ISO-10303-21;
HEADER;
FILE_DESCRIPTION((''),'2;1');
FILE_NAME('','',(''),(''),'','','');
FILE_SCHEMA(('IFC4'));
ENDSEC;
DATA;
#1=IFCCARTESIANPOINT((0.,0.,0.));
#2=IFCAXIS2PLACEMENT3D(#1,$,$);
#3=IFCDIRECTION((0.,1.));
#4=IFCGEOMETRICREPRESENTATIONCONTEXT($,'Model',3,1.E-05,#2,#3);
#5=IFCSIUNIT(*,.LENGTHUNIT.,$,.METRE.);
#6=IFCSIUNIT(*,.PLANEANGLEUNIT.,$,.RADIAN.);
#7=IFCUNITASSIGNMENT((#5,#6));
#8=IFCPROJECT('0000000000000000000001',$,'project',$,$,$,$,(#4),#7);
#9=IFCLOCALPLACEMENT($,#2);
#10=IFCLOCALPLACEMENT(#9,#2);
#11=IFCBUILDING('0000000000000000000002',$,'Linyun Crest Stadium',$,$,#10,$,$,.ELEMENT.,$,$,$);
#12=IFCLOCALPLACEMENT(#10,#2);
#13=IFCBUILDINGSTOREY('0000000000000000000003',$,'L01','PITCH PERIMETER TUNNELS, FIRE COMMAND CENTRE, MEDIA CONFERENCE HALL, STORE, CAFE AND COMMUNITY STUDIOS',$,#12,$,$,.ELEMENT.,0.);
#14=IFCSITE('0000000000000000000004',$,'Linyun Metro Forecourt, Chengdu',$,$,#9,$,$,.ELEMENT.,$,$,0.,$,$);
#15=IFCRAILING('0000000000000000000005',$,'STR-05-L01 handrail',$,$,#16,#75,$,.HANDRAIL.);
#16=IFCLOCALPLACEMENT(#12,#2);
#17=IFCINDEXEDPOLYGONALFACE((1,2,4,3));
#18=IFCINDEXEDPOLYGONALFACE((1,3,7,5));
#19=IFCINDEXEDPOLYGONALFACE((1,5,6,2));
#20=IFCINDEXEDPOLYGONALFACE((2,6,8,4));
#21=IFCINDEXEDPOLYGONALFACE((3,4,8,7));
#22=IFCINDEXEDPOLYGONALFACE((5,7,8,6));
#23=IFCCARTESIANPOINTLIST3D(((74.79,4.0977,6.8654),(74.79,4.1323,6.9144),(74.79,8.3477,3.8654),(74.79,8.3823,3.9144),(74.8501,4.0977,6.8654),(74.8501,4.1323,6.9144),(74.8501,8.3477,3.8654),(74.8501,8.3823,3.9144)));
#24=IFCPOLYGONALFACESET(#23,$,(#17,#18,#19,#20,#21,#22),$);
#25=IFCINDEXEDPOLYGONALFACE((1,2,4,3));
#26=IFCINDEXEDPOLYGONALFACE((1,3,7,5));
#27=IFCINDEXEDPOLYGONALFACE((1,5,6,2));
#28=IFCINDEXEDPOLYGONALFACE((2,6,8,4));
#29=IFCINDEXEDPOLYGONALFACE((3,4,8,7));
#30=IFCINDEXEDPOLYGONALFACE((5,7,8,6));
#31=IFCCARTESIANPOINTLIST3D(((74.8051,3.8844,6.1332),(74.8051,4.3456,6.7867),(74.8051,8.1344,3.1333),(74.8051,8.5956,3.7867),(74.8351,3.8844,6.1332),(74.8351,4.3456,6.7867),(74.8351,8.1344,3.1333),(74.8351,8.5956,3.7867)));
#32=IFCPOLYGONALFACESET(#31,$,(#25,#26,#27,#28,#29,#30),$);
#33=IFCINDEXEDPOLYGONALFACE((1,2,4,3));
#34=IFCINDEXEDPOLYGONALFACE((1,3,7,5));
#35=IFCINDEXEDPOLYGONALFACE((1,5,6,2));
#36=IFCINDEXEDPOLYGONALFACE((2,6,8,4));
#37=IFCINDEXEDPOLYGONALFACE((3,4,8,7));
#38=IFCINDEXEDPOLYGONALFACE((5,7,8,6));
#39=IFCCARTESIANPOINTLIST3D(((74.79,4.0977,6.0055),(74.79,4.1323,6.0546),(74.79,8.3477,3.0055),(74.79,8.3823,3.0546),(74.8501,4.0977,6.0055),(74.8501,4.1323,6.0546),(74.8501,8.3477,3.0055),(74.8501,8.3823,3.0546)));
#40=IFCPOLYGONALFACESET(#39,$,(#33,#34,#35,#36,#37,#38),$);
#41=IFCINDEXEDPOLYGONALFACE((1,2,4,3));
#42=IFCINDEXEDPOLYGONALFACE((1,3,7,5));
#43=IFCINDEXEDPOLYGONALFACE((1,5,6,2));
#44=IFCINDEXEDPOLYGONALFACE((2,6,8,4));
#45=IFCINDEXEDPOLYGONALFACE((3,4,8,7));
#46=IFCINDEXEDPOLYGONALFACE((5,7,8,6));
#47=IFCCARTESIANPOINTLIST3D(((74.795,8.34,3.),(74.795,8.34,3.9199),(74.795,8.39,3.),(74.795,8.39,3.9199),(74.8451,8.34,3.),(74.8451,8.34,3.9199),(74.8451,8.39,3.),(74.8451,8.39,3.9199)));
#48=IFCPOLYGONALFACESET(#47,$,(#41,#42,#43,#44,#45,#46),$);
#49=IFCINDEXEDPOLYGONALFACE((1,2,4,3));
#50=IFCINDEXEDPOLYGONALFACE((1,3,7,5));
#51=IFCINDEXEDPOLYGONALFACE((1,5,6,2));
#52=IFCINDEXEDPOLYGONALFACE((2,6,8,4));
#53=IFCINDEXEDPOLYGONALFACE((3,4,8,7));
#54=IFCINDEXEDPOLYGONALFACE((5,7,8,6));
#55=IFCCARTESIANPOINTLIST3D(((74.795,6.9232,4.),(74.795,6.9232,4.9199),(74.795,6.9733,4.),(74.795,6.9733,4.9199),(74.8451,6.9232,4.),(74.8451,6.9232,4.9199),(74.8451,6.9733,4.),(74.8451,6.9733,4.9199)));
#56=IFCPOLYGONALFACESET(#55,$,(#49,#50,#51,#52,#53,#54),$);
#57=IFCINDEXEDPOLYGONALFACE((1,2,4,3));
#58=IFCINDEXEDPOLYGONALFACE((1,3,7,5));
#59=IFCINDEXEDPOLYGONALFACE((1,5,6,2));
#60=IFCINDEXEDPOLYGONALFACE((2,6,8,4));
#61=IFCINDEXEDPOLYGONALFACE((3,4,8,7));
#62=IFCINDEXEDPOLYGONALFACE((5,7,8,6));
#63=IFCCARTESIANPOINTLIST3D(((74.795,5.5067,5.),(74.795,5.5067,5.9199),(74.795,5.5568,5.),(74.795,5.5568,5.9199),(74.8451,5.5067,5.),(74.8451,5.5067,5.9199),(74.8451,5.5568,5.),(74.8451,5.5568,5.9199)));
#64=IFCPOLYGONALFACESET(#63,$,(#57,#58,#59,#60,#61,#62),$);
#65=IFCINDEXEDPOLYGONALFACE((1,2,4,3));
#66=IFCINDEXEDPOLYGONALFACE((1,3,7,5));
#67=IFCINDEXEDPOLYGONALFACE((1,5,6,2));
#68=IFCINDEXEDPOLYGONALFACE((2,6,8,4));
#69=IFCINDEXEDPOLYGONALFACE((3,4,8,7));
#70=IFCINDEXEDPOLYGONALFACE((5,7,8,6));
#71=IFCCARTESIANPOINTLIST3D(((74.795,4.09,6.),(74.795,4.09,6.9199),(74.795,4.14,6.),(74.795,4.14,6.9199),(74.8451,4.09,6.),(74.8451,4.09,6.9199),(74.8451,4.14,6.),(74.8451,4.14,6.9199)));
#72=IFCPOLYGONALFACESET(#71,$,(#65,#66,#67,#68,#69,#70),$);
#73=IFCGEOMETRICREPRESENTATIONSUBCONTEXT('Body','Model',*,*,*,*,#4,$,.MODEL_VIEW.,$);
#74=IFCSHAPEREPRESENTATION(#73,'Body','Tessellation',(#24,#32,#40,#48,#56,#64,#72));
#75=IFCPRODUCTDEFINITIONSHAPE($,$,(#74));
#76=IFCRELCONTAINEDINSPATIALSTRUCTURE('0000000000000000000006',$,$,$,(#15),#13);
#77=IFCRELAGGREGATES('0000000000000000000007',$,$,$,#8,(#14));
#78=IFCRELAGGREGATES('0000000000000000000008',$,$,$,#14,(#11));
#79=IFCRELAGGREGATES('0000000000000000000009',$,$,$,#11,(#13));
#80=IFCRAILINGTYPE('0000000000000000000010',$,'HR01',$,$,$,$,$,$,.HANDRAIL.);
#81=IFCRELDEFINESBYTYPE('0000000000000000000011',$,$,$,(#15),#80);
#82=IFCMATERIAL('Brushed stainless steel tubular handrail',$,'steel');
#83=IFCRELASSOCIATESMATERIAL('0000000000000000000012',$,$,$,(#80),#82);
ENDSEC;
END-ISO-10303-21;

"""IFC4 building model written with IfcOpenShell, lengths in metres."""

from ifc_helpers import new_model, si_unit, direction, frame, origin, origin_2d, place, context, subcontext, project, spatial, rectangle, extrude, material, type_object, element, save


model = new_model("IFC4")

# Units and contexts
model_context = context("Model", 3, precision=1e-05, world=origin(), true_north=direction((0.0, 1.0)))
body_context = subcontext(model_context, "Body", "Model", "MODEL_VIEW")
ifc_project = project(units=[si_unit("LENGTHUNIT", "METRE"), si_unit("PLANEANGLEUNIT", "RADIAN")], contexts=[model_context])

# Site, building, storey
site_placement = place(None, origin())
site = spatial("IfcSite", under=ifc_project, at=site_placement, Name="Linyun Metro Forecourt, Chengdu", CompositionType="ELEMENT", RefElevation=0.0)
building_placement = place(site_placement, origin())
building = spatial("IfcBuilding", under=site, at=building_placement, Name="Linyun Crest Stadium", CompositionType="ELEMENT")
storey_placement = place(building_placement, origin())
storey = spatial("IfcBuildingStorey", under=building, at=storey_placement, Name="L01", Description="PITCH PERIMETER TUNNELS, FIRE COMMAND CENTRE, MEDIA CONFERENCE HALL, STORE, CAFE AND COMMUNITY STUDIOS", CompositionType="ELEMENT", Elevation=0.0)

# Railing
ifc_material_1 = material(Name="Brushed stainless steel tubular handrail", Category="steel")
railing_type_1 = type_object("IfcRailingType", Name="HR01", PredefinedType="HANDRAIL", material=ifc_material_1)
railing_1_placement = place(storey_placement, frame((74.8201, 8.365, 3.0)))
element("IfcRailing", 1, at=railing_1_placement, inside=storey, type_object=railing_type_1, Name="STR-05-L01 handrail", PredefinedType="HANDRAIL", context=body_context, shape_type="SweptSolid", body=[
    extrude(rectangle(XDim=0.0601, YDim=0.0601, at=origin_2d()), frame((0.0, 0.0, 0.8899), z_axis=(0.0, -0.816968, 0.576683), x_axis=(1.0, 0.0, 0.0)), (0.0, 0.0, 1.0), 5.2021),
    extrude(rectangle(XDim=0.03, YDim=0.7998, at=origin_2d()), frame((0.0, 0.0, 0.46), z_axis=(0.0, -0.816968, 0.576683), x_axis=(1.0, 0.0, 0.0)), (0.0, 0.0, 1.0), 5.2021),
    extrude(rectangle(XDim=0.0601, YDim=0.0601, at=origin_2d()), frame((0.0, 0.0, 0.03), z_axis=(0.0, -0.816968, 0.576683), x_axis=(1.0, 0.0, 0.0)), (0.0, 0.0, 1.0), 5.2021),
    extrude(rectangle(XDim=0.05, YDim=0.05, at=origin_2d()), origin(), (0.0, 0.0, 1.0), 0.9199),
    extrude(rectangle(XDim=0.05, YDim=0.05, at=origin_2d()), frame((0.0, -1.4167, 1.0)), (0.0, 0.0, 1.0), 0.9199),
    extrude(rectangle(XDim=0.05, YDim=0.05, at=origin_2d()), frame((0.0, -2.8333, 2.0)), (0.0, 0.0, 1.0), 0.9199),
    extrude(rectangle(XDim=0.05, YDim=0.05, at=origin_2d()), frame((0.0, -4.25, 3.0)), (0.0, 0.0, 1.0), 0.9199),
])

save(model, "model.ifc")
